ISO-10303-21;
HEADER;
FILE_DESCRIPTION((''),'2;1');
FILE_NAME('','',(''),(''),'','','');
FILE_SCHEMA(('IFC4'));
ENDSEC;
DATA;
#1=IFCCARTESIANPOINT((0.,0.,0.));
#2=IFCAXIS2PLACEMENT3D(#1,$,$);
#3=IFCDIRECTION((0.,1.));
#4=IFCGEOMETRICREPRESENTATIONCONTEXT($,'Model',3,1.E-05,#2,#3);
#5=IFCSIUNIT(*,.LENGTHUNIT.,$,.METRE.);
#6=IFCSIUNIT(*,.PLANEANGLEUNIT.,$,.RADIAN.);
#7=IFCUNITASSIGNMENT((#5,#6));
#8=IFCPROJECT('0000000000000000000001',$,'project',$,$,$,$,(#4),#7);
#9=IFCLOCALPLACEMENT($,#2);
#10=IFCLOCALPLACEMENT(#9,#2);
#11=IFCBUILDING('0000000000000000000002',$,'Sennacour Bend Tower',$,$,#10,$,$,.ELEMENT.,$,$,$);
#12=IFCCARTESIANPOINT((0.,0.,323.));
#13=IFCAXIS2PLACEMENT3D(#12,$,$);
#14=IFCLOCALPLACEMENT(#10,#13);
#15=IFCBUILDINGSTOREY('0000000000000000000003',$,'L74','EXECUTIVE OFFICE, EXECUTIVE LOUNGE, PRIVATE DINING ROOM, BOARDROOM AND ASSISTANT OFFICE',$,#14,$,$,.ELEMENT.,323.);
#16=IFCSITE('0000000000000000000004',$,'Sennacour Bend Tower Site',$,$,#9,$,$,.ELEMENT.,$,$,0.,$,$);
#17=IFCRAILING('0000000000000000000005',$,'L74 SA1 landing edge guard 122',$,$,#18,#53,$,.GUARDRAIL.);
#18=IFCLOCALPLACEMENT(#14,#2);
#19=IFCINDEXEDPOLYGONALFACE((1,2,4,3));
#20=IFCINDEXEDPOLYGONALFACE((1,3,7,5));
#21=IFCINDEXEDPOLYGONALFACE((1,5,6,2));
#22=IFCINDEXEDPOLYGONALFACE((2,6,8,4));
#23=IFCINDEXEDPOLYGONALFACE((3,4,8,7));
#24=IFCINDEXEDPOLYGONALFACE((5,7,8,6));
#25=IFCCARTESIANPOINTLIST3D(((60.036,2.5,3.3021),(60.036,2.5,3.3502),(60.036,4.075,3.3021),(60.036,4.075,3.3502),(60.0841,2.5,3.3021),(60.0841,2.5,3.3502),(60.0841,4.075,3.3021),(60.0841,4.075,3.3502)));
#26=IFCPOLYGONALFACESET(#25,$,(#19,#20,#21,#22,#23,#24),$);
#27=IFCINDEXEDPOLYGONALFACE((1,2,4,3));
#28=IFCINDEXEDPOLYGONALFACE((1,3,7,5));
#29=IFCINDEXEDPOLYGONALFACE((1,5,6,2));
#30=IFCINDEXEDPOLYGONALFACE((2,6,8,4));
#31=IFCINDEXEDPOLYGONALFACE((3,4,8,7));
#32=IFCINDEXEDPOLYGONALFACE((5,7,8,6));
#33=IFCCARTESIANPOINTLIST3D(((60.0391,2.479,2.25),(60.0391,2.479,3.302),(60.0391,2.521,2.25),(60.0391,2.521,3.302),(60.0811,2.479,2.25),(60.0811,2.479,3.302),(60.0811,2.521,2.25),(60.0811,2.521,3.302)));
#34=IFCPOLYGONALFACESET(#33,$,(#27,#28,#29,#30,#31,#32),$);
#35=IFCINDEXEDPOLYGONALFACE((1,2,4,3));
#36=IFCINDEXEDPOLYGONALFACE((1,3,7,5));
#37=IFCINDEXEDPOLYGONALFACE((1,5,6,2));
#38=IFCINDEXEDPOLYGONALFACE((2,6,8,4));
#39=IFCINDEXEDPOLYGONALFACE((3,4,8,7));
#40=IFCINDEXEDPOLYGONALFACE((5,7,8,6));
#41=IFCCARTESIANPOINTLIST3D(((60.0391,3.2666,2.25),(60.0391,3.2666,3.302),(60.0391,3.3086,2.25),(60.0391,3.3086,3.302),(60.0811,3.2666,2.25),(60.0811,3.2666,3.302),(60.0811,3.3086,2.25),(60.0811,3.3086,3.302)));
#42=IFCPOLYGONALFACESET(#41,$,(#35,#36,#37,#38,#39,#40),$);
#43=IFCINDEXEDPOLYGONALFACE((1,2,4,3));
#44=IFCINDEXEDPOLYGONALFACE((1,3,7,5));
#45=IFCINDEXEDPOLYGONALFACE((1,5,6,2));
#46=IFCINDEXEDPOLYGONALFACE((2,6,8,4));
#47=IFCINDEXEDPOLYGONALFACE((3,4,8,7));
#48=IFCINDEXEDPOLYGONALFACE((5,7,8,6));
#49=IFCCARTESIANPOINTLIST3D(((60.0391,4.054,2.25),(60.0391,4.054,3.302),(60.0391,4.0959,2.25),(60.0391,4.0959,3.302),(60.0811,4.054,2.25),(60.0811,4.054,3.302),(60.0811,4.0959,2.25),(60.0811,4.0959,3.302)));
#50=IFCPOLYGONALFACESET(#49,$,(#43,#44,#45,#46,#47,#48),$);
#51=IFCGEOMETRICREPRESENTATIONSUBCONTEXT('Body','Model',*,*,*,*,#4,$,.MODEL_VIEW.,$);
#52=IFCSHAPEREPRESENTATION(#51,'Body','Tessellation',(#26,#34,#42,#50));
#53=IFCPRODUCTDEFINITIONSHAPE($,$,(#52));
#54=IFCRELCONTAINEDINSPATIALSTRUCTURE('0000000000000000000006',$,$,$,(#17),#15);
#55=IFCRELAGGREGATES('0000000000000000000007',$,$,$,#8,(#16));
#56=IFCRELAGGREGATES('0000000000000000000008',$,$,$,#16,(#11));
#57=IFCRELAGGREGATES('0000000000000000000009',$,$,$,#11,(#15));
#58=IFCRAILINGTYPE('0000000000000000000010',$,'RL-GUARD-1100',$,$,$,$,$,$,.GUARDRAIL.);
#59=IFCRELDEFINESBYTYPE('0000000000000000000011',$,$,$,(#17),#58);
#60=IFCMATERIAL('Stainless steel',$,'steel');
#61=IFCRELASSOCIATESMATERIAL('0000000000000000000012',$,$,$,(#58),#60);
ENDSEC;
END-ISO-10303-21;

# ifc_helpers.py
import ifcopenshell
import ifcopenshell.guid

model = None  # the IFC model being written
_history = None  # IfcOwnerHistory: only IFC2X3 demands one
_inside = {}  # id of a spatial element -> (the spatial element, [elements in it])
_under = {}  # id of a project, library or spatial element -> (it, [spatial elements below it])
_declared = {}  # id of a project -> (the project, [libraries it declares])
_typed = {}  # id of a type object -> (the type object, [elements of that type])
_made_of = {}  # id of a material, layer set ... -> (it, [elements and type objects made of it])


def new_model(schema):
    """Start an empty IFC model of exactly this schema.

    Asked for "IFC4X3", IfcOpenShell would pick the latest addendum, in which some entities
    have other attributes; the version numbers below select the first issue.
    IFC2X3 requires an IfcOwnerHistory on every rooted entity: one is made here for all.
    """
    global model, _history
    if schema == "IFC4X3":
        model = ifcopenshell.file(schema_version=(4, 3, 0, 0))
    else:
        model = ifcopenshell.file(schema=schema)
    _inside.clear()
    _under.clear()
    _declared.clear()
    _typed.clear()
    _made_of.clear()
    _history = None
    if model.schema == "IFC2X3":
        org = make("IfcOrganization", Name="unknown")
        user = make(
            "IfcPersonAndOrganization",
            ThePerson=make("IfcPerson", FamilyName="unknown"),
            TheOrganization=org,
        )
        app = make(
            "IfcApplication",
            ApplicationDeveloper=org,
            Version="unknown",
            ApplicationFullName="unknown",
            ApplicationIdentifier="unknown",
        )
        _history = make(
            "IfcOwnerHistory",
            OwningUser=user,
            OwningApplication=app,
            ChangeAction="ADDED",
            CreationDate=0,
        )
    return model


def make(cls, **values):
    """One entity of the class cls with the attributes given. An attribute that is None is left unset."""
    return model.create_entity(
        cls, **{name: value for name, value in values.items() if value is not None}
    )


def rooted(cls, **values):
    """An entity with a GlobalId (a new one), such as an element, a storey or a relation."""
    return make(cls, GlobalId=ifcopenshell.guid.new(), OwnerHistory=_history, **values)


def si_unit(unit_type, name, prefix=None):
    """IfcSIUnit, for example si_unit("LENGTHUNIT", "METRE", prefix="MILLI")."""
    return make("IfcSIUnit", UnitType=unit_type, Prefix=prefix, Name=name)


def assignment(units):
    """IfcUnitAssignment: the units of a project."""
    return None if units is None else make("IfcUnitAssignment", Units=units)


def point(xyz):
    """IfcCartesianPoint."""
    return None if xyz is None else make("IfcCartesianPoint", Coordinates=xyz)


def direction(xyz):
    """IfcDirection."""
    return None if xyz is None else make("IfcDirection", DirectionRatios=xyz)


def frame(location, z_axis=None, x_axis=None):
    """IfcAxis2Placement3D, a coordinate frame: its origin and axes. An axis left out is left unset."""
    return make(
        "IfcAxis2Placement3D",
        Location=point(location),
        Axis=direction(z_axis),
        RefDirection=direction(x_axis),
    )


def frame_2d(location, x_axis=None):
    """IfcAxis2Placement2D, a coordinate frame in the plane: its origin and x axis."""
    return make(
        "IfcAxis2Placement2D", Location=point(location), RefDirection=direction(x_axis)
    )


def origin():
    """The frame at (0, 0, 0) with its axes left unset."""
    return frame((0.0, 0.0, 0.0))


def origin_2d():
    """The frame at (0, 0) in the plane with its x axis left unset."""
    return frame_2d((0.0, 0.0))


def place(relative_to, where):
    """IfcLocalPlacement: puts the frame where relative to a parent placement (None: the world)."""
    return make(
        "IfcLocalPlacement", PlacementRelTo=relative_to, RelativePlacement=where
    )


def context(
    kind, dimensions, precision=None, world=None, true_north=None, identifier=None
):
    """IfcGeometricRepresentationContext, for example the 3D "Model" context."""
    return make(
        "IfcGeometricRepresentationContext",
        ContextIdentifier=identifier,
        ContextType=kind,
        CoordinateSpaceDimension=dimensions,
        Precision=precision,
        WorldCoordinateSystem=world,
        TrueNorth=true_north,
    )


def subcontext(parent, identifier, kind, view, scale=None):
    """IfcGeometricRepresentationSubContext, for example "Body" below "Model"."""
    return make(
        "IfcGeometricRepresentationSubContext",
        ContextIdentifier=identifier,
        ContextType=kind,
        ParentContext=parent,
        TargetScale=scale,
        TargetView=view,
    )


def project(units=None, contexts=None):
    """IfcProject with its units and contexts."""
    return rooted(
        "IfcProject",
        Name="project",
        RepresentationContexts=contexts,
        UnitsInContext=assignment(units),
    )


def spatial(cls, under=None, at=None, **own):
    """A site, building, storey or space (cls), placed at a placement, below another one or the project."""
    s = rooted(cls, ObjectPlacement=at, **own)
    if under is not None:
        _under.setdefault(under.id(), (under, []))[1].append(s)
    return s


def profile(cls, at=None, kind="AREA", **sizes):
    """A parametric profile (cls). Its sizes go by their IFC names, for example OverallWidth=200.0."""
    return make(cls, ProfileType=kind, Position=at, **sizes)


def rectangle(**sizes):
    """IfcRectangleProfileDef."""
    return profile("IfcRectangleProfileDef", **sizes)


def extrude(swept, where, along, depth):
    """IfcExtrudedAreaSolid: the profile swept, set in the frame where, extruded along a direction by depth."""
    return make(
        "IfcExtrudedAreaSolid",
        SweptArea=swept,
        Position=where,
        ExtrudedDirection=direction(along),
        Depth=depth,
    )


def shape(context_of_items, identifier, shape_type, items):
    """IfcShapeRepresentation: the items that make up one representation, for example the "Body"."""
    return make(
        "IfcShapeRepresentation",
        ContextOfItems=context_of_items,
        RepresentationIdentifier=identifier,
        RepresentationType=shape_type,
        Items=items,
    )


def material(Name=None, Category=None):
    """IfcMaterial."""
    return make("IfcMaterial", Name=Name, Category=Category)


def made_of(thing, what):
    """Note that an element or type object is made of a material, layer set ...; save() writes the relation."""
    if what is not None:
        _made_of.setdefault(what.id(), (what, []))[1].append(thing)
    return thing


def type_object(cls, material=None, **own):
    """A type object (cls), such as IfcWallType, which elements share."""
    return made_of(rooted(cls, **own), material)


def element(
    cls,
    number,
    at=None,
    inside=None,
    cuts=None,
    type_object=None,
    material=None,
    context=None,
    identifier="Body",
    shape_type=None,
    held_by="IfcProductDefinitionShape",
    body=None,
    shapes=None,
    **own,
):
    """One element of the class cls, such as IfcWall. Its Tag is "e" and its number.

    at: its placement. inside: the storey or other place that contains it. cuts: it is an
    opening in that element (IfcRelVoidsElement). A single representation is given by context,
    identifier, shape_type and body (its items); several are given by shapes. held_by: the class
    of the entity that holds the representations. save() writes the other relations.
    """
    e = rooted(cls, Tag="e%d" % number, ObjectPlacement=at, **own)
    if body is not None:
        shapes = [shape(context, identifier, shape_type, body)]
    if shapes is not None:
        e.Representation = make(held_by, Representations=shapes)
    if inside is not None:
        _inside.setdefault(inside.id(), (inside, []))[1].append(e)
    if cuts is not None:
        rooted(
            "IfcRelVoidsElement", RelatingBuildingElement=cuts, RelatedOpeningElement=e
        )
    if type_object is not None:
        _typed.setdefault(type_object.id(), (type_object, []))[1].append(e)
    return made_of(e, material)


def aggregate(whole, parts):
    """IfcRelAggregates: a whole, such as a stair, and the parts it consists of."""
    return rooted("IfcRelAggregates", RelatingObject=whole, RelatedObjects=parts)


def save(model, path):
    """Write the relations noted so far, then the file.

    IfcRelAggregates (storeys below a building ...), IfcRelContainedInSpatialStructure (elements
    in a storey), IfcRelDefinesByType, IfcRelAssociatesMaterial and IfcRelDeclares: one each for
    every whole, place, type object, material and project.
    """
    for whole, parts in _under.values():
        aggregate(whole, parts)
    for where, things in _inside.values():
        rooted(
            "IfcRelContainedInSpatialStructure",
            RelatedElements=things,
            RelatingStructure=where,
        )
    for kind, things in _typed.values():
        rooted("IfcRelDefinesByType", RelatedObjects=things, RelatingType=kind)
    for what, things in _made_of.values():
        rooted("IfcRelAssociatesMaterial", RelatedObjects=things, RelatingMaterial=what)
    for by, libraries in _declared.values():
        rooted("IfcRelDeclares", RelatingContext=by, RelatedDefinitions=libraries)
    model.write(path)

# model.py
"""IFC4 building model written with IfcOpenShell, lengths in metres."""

from ifc_helpers import new_model, si_unit, direction, frame, origin, origin_2d, place, context, subcontext, project, spatial, rectangle, extrude, material, type_object, element, save


model = new_model("IFC4")

# Units and contexts
model_context = context("Model", 3, precision=1e-05, world=origin(), true_north=direction((0.0, 1.0)))
body_context = subcontext(model_context, "Body", "Model", "MODEL_VIEW")
ifc_project = project(units=[si_unit("LENGTHUNIT", "METRE"), si_unit("PLANEANGLEUNIT", "RADIAN")], contexts=[model_context])

# Site, building, storey
site_placement = place(None, origin())
site = spatial("IfcSite", under=ifc_project, at=site_placement, Name="Sennacour Bend Tower Site", CompositionType="ELEMENT", RefElevation=0.0)
building_placement = place(site_placement, origin())
building = spatial("IfcBuilding", under=site, at=building_placement, Name="Sennacour Bend Tower", CompositionType="ELEMENT")
storey_placement = place(building_placement, frame((0.0, 0.0, 323.0)))
storey = spatial("IfcBuildingStorey", under=building, at=storey_placement, Name="L74", Description="EXECUTIVE OFFICE, EXECUTIVE LOUNGE, PRIVATE DINING ROOM, BOARDROOM AND ASSISTANT OFFICE", CompositionType="ELEMENT", Elevation=323.0)

# Shared definitions
ifc_material_1 = material(Name="Stainless steel", Category="steel")

# Railing
railing_type = type_object("IfcRailingType", Name="RL-GUARD-1100", PredefinedType="GUARDRAIL", material=ifc_material_1)
railing_1_placement = place(storey_placement, frame((60.0601, 2.5, 2.25)))
element("IfcRailing", 1, at=railing_1_placement, inside=storey, type_object=railing_type, Name="L74 SA1 landing edge guard 122", PredefinedType="GUARDRAIL", context=body_context, shape_type="SweptSolid", body=[
    extrude(rectangle(XDim=0.0481, YDim=0.0481, at=origin_2d()), frame((0.0, 0.0, 1.0762), z_axis=(0.0, 1.0, 0.0), x_axis=(-1.0, 0.0, 0.0)), (0.0, 0.0, 1.0), 1.575),
    extrude(rectangle(XDim=0.042, YDim=0.042, at=origin_2d()), origin(), (0.0, 0.0, 1.0), 1.052),
    extrude(rectangle(XDim=0.042, YDim=0.042, at=origin_2d()), frame((0.0, 0.7876, 0.0)), (0.0, 0.0, 1.0), 1.052),
    extrude(rectangle(XDim=0.042, YDim=0.042, at=origin_2d()), frame((0.0, 1.575, 0.0)), (0.0, 0.0, 1.0), 1.052),
])

save(model, "model.ifc")
